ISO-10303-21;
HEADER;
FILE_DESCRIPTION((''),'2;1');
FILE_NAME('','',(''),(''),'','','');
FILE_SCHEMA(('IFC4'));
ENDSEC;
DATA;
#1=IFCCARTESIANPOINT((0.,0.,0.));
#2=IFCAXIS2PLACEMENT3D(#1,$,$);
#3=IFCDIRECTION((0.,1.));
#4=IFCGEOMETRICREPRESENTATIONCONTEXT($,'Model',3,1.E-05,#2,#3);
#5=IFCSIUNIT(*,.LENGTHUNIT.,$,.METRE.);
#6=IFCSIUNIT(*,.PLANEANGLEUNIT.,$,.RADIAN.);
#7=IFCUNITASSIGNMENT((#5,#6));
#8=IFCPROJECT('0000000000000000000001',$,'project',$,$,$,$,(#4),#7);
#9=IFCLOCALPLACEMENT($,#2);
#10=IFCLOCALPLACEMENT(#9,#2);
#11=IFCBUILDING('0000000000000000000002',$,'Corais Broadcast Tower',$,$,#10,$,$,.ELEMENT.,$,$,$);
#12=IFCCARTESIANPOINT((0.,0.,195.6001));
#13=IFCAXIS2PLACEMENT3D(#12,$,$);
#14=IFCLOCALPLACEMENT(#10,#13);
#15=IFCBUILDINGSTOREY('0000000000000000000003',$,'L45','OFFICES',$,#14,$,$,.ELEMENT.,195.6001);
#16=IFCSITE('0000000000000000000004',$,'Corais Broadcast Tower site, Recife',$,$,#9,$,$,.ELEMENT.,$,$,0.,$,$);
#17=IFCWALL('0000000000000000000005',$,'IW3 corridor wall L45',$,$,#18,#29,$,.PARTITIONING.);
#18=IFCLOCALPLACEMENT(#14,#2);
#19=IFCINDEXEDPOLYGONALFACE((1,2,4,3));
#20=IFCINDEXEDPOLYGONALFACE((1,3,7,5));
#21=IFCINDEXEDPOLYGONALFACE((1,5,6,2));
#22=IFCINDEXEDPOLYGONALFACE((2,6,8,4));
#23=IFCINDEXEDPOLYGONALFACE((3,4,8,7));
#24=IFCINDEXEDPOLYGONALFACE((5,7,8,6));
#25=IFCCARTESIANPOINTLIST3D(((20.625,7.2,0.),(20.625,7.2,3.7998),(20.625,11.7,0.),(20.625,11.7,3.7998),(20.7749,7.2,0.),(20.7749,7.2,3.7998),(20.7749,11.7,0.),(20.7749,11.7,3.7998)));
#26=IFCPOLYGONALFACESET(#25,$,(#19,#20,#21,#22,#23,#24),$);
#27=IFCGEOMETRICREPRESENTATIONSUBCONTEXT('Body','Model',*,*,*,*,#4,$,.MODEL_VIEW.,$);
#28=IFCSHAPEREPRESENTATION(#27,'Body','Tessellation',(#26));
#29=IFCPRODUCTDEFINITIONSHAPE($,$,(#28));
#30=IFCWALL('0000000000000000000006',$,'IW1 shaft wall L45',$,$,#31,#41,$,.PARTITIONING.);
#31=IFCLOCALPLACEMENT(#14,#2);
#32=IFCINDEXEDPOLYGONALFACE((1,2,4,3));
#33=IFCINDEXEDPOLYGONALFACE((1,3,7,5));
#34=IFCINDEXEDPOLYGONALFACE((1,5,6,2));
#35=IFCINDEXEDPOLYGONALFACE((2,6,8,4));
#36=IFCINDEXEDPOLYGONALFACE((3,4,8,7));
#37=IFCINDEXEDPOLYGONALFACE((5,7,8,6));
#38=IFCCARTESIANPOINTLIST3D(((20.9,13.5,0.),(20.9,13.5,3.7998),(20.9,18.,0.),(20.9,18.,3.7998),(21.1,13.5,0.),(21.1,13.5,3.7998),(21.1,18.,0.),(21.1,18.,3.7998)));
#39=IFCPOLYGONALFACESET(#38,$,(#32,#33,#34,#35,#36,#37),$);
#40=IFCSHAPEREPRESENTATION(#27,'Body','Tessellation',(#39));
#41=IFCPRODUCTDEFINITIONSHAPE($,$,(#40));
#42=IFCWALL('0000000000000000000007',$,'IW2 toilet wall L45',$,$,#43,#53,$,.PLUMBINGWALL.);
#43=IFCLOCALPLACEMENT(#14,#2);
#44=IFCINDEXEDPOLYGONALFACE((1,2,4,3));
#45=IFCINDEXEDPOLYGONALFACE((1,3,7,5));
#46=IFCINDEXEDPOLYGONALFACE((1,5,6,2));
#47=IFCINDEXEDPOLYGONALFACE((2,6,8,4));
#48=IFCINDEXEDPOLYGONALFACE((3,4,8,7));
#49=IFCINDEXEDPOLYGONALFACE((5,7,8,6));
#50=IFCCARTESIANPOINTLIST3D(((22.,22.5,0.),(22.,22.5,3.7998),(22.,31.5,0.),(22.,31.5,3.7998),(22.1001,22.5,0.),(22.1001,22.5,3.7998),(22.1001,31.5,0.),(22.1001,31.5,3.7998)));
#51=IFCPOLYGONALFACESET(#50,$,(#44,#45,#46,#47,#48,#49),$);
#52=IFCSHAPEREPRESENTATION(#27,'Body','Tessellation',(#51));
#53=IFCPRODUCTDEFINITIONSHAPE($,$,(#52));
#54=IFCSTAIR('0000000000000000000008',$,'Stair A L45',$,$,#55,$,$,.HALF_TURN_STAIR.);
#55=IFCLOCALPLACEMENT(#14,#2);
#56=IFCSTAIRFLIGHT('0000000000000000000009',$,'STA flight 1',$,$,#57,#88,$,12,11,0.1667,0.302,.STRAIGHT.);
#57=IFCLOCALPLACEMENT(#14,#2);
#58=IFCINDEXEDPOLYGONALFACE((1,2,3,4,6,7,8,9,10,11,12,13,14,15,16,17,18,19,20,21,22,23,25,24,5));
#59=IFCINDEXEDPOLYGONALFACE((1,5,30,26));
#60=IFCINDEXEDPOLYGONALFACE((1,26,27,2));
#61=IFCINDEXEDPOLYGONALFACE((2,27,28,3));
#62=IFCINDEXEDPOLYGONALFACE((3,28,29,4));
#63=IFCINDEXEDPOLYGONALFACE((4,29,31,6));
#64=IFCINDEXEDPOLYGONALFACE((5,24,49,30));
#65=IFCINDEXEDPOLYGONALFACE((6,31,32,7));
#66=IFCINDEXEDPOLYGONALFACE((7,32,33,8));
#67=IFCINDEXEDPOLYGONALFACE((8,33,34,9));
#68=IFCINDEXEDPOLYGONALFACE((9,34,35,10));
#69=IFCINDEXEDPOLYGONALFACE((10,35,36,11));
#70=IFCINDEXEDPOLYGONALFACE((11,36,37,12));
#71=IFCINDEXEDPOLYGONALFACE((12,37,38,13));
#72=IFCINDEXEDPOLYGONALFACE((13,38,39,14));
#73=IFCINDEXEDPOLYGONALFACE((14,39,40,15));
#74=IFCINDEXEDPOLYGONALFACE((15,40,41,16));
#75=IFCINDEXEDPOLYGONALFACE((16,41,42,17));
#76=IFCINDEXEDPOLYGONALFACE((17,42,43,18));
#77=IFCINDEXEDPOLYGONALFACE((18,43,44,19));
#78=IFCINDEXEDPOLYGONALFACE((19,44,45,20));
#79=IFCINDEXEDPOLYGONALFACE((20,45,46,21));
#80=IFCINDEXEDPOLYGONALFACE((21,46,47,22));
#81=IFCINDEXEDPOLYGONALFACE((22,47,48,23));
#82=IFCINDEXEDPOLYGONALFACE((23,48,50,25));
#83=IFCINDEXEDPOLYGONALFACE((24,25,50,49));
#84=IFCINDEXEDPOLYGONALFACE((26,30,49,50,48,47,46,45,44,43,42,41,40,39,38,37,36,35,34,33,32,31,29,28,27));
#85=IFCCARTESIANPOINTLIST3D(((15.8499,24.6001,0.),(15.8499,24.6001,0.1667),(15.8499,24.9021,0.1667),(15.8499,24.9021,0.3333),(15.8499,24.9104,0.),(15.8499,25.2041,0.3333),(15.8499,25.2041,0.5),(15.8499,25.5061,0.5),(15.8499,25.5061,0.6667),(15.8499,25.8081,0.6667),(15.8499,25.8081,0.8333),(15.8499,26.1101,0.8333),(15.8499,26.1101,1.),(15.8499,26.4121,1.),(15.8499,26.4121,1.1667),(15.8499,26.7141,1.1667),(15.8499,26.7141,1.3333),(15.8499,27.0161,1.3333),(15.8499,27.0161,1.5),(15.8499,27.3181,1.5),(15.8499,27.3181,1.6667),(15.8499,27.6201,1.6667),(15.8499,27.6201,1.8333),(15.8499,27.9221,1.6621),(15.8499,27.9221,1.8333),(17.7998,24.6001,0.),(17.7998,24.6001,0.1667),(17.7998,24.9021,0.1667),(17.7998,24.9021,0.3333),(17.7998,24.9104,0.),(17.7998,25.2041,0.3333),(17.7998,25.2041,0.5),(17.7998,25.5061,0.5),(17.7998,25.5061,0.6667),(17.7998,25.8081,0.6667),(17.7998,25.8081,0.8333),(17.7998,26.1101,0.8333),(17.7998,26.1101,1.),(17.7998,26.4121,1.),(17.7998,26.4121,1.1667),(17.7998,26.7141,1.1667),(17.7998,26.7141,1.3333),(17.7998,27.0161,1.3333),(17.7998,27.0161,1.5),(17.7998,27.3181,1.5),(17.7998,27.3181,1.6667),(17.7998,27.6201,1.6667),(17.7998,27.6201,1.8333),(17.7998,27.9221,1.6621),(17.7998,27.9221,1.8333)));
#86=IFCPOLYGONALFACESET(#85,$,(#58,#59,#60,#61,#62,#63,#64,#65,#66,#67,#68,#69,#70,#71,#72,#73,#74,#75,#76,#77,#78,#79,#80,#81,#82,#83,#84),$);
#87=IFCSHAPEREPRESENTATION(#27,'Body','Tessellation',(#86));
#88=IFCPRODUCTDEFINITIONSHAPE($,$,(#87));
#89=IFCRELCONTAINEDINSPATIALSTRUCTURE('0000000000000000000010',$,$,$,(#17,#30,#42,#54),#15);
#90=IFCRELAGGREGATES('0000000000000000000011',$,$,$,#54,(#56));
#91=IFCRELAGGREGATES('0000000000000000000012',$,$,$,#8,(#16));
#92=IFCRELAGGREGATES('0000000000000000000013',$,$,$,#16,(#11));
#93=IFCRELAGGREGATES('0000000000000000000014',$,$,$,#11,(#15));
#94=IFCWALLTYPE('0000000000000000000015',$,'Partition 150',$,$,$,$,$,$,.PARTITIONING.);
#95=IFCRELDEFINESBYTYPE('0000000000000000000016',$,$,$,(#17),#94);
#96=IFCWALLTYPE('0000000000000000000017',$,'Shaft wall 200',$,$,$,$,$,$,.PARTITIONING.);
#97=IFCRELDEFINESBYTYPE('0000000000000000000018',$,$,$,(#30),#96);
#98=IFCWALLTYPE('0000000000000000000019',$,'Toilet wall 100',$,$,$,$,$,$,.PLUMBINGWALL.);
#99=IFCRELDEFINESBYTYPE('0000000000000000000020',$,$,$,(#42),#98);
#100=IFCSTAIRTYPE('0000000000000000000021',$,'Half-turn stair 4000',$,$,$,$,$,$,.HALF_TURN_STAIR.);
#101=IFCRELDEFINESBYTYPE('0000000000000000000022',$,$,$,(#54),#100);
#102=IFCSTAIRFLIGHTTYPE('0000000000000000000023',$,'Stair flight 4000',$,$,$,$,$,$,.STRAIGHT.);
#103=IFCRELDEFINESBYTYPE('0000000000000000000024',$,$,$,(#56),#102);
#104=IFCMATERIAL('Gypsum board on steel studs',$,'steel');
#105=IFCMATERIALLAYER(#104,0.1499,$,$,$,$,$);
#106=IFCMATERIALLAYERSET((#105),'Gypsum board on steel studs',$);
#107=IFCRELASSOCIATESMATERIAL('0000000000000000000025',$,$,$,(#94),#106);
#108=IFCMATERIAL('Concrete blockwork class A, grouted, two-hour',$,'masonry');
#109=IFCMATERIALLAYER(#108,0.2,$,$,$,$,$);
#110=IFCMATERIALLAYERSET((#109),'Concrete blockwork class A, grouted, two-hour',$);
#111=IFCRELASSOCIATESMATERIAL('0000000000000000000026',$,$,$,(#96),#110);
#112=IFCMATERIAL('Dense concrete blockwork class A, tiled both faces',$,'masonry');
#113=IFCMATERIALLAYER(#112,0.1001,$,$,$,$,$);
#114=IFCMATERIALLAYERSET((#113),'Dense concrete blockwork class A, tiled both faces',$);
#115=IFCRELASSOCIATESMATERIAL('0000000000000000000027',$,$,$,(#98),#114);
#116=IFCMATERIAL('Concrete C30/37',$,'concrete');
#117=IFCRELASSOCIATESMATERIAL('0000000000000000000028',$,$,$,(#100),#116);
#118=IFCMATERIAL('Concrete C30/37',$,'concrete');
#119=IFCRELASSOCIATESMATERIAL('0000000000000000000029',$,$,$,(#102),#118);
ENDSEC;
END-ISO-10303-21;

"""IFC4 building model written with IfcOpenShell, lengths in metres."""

from ifc_helpers import new_model, si_unit, direction, frame, frame_2d, origin, place, context, subcontext, project, spatial, polyline, rectangle, outline, extrude, material, layer, layer_set, type_object, element, aggregate, save


model = new_model("IFC4")

# Units and contexts
model_context = context("Model", 3, precision=1e-05, world=origin(), true_north=direction((0.0, 1.0)))
body_context = subcontext(model_context, "Body", "Model", "MODEL_VIEW")
ifc_project = project(units=[si_unit("LENGTHUNIT", "METRE"), si_unit("PLANEANGLEUNIT", "RADIAN")], contexts=[model_context])

# Site, building, storey
site_placement = place(None, origin())
site = spatial("IfcSite", under=ifc_project, at=site_placement, Name="Corais Broadcast Tower site, Recife", CompositionType="ELEMENT", RefElevation=0.0)
building_placement = place(site_placement, origin())
building = spatial("IfcBuilding", under=site, at=building_placement, Name="Corais Broadcast Tower", CompositionType="ELEMENT")
storey_placement = place(building_placement, frame((0.0, 0.0, 195.6001)))
storey = spatial("IfcBuildingStorey", under=building, at=storey_placement, Name="L45", Description="OFFICES", CompositionType="ELEMENT", Elevation=195.6001)

# Walls
ifc_material_1 = material(Name="Gypsum board on steel studs", Category="steel")
ifc_layer_1 = layer(ifc_material_1, 0.1499)
ifc_layer_set_1 = layer_set([ifc_layer_1], Name="Gypsum board on steel studs")
wall_type_1 = type_object("IfcWallType", Name="Partition 150", PredefinedType="PARTITIONING", material=ifc_layer_set_1)
wall_1_placement = place(storey_placement, frame((20.7, 11.7, 0.0), z_axis=(0.0, 0.0, 1.0), x_axis=(0.0, -1.0, 0.0)))
element("IfcWall", 1, at=wall_1_placement, inside=storey, type_object=wall_type_1, Name="IW3 corridor wall L45", PredefinedType="PARTITIONING", context=body_context, shape_type="SweptSolid", body=[
    extrude(rectangle(XDim=4.5, YDim=0.1499, at=frame_2d((2.25, 0.0))), origin(), (0.0, 0.0, 1.0), 3.7998),
])
ifc_material_2 = material(Name="Concrete blockwork class A, grouted, two-hour", Category="masonry")
ifc_layer_2 = layer(ifc_material_2, 0.2)
ifc_layer_set_2 = layer_set([ifc_layer_2], Name="Concrete blockwork class A, grouted, two-hour")
wall_type_2 = type_object("IfcWallType", Name="Shaft wall 200", PredefinedType="PARTITIONING", material=ifc_layer_set_2)
wall_2_placement = place(storey_placement, frame((21.0, 13.5, 0.0), z_axis=(0.0, 0.0, 1.0), x_axis=(0.0, 1.0, 0.0)))
element("IfcWall", 2, at=wall_2_placement, inside=storey, type_object=wall_type_2, Name="IW1 shaft wall L45", PredefinedType="PARTITIONING", context=body_context, shape_type="SweptSolid", body=[
    extrude(rectangle(XDim=4.5, YDim=0.2, at=frame_2d((2.25, 0.0))), origin(), (0.0, 0.0, 1.0), 3.7998),
])
ifc_material_3 = material(Name="Dense concrete blockwork class A, tiled both faces", Category="masonry")
ifc_layer_3 = layer(ifc_material_3, 0.1001)
ifc_layer_set_3 = layer_set([ifc_layer_3], Name="Dense concrete blockwork class A, tiled both faces")
wall_type_3 = type_object("IfcWallType", Name="Toilet wall 100", PredefinedType="PLUMBINGWALL", material=ifc_layer_set_3)
wall_3_placement = place(storey_placement, frame((22.05, 22.5, 0.0), z_axis=(0.0, 0.0, 1.0), x_axis=(0.0, 1.0, 0.0)))
element("IfcWall", 3, at=wall_3_placement, inside=storey, type_object=wall_type_3, Name="IW2 toilet wall L45", PredefinedType="PLUMBINGWALL", context=body_context, shape_type="SweptSolid", body=[
    extrude(rectangle(XDim=9.0, YDim=0.1001, at=frame_2d((4.5, 0.0))), origin(), (0.0, 0.0, 1.0), 3.7998),
])

# Stair, stair flight
ifc_material_4 = material(Name="Concrete C30/37", Category="concrete")
stair_type = type_object("IfcStairType", Name="Half-turn stair 4000", PredefinedType="HALF_TURN_STAIR", material=ifc_material_4)
stair_placement = place(storey_placement, origin())
stair = element("IfcStair", 4, at=stair_placement, inside=storey, type_object=stair_type, Name="Stair A L45", PredefinedType="HALF_TURN_STAIR")
ifc_material_5 = material(Name="Concrete C30/37", Category="concrete")
stair_flight_type = type_object("IfcStairFlightType", Name="Stair flight 4000", PredefinedType="STRAIGHT", material=ifc_material_5)
stair_flight_placement = place(storey_placement, frame((16.825, 24.6001, 0.0), z_axis=(0.0, 0.0, 1.0), x_axis=(0.0, 1.0, 0.0)))
stair_flight = element("IfcStairFlight", 5, at=stair_flight_placement, type_object=stair_flight_type, Name="STA flight 1", NumberOfRisers=12, NumberOfTreads=11, PredefinedType="STRAIGHT", RiserHeight=0.1667, TreadLength=0.302, context=body_context, shape_type="SweptSolid", body=[
    extrude(outline(polyline([(0.0, 0.0), (0.0, 0.1667), (0.302, 0.1667), (0.302, 0.3333), (0.604, 0.3333), (0.604, 0.5), (0.906, 0.5), (0.906, 0.6667), (1.208, 0.6667), (1.208, 0.8333), (1.51, 0.8333), (1.51, 1.0), (1.812, 1.0), (1.812, 1.1667), (2.114, 1.1667), (2.114, 1.3333), (2.416, 1.3333), (2.416, 1.5), (2.718, 1.5), (2.718, 1.6667), (3.02, 1.6667), (3.02, 1.8333), (3.322, 1.8333), (3.322, 2.0), (3.322, 1.6621), (0.3103, 0.0), (0.0, 0.0)])), frame((0.0, 0.9751, 0.0), z_axis=(0.0, -1.0, 0.0), x_axis=(1.0, 0.0, 0.0)), (0.0, 0.0, 1.0), 1.95),
])
aggregate(stair, [stair_flight])

save(model, "model.ifc")
